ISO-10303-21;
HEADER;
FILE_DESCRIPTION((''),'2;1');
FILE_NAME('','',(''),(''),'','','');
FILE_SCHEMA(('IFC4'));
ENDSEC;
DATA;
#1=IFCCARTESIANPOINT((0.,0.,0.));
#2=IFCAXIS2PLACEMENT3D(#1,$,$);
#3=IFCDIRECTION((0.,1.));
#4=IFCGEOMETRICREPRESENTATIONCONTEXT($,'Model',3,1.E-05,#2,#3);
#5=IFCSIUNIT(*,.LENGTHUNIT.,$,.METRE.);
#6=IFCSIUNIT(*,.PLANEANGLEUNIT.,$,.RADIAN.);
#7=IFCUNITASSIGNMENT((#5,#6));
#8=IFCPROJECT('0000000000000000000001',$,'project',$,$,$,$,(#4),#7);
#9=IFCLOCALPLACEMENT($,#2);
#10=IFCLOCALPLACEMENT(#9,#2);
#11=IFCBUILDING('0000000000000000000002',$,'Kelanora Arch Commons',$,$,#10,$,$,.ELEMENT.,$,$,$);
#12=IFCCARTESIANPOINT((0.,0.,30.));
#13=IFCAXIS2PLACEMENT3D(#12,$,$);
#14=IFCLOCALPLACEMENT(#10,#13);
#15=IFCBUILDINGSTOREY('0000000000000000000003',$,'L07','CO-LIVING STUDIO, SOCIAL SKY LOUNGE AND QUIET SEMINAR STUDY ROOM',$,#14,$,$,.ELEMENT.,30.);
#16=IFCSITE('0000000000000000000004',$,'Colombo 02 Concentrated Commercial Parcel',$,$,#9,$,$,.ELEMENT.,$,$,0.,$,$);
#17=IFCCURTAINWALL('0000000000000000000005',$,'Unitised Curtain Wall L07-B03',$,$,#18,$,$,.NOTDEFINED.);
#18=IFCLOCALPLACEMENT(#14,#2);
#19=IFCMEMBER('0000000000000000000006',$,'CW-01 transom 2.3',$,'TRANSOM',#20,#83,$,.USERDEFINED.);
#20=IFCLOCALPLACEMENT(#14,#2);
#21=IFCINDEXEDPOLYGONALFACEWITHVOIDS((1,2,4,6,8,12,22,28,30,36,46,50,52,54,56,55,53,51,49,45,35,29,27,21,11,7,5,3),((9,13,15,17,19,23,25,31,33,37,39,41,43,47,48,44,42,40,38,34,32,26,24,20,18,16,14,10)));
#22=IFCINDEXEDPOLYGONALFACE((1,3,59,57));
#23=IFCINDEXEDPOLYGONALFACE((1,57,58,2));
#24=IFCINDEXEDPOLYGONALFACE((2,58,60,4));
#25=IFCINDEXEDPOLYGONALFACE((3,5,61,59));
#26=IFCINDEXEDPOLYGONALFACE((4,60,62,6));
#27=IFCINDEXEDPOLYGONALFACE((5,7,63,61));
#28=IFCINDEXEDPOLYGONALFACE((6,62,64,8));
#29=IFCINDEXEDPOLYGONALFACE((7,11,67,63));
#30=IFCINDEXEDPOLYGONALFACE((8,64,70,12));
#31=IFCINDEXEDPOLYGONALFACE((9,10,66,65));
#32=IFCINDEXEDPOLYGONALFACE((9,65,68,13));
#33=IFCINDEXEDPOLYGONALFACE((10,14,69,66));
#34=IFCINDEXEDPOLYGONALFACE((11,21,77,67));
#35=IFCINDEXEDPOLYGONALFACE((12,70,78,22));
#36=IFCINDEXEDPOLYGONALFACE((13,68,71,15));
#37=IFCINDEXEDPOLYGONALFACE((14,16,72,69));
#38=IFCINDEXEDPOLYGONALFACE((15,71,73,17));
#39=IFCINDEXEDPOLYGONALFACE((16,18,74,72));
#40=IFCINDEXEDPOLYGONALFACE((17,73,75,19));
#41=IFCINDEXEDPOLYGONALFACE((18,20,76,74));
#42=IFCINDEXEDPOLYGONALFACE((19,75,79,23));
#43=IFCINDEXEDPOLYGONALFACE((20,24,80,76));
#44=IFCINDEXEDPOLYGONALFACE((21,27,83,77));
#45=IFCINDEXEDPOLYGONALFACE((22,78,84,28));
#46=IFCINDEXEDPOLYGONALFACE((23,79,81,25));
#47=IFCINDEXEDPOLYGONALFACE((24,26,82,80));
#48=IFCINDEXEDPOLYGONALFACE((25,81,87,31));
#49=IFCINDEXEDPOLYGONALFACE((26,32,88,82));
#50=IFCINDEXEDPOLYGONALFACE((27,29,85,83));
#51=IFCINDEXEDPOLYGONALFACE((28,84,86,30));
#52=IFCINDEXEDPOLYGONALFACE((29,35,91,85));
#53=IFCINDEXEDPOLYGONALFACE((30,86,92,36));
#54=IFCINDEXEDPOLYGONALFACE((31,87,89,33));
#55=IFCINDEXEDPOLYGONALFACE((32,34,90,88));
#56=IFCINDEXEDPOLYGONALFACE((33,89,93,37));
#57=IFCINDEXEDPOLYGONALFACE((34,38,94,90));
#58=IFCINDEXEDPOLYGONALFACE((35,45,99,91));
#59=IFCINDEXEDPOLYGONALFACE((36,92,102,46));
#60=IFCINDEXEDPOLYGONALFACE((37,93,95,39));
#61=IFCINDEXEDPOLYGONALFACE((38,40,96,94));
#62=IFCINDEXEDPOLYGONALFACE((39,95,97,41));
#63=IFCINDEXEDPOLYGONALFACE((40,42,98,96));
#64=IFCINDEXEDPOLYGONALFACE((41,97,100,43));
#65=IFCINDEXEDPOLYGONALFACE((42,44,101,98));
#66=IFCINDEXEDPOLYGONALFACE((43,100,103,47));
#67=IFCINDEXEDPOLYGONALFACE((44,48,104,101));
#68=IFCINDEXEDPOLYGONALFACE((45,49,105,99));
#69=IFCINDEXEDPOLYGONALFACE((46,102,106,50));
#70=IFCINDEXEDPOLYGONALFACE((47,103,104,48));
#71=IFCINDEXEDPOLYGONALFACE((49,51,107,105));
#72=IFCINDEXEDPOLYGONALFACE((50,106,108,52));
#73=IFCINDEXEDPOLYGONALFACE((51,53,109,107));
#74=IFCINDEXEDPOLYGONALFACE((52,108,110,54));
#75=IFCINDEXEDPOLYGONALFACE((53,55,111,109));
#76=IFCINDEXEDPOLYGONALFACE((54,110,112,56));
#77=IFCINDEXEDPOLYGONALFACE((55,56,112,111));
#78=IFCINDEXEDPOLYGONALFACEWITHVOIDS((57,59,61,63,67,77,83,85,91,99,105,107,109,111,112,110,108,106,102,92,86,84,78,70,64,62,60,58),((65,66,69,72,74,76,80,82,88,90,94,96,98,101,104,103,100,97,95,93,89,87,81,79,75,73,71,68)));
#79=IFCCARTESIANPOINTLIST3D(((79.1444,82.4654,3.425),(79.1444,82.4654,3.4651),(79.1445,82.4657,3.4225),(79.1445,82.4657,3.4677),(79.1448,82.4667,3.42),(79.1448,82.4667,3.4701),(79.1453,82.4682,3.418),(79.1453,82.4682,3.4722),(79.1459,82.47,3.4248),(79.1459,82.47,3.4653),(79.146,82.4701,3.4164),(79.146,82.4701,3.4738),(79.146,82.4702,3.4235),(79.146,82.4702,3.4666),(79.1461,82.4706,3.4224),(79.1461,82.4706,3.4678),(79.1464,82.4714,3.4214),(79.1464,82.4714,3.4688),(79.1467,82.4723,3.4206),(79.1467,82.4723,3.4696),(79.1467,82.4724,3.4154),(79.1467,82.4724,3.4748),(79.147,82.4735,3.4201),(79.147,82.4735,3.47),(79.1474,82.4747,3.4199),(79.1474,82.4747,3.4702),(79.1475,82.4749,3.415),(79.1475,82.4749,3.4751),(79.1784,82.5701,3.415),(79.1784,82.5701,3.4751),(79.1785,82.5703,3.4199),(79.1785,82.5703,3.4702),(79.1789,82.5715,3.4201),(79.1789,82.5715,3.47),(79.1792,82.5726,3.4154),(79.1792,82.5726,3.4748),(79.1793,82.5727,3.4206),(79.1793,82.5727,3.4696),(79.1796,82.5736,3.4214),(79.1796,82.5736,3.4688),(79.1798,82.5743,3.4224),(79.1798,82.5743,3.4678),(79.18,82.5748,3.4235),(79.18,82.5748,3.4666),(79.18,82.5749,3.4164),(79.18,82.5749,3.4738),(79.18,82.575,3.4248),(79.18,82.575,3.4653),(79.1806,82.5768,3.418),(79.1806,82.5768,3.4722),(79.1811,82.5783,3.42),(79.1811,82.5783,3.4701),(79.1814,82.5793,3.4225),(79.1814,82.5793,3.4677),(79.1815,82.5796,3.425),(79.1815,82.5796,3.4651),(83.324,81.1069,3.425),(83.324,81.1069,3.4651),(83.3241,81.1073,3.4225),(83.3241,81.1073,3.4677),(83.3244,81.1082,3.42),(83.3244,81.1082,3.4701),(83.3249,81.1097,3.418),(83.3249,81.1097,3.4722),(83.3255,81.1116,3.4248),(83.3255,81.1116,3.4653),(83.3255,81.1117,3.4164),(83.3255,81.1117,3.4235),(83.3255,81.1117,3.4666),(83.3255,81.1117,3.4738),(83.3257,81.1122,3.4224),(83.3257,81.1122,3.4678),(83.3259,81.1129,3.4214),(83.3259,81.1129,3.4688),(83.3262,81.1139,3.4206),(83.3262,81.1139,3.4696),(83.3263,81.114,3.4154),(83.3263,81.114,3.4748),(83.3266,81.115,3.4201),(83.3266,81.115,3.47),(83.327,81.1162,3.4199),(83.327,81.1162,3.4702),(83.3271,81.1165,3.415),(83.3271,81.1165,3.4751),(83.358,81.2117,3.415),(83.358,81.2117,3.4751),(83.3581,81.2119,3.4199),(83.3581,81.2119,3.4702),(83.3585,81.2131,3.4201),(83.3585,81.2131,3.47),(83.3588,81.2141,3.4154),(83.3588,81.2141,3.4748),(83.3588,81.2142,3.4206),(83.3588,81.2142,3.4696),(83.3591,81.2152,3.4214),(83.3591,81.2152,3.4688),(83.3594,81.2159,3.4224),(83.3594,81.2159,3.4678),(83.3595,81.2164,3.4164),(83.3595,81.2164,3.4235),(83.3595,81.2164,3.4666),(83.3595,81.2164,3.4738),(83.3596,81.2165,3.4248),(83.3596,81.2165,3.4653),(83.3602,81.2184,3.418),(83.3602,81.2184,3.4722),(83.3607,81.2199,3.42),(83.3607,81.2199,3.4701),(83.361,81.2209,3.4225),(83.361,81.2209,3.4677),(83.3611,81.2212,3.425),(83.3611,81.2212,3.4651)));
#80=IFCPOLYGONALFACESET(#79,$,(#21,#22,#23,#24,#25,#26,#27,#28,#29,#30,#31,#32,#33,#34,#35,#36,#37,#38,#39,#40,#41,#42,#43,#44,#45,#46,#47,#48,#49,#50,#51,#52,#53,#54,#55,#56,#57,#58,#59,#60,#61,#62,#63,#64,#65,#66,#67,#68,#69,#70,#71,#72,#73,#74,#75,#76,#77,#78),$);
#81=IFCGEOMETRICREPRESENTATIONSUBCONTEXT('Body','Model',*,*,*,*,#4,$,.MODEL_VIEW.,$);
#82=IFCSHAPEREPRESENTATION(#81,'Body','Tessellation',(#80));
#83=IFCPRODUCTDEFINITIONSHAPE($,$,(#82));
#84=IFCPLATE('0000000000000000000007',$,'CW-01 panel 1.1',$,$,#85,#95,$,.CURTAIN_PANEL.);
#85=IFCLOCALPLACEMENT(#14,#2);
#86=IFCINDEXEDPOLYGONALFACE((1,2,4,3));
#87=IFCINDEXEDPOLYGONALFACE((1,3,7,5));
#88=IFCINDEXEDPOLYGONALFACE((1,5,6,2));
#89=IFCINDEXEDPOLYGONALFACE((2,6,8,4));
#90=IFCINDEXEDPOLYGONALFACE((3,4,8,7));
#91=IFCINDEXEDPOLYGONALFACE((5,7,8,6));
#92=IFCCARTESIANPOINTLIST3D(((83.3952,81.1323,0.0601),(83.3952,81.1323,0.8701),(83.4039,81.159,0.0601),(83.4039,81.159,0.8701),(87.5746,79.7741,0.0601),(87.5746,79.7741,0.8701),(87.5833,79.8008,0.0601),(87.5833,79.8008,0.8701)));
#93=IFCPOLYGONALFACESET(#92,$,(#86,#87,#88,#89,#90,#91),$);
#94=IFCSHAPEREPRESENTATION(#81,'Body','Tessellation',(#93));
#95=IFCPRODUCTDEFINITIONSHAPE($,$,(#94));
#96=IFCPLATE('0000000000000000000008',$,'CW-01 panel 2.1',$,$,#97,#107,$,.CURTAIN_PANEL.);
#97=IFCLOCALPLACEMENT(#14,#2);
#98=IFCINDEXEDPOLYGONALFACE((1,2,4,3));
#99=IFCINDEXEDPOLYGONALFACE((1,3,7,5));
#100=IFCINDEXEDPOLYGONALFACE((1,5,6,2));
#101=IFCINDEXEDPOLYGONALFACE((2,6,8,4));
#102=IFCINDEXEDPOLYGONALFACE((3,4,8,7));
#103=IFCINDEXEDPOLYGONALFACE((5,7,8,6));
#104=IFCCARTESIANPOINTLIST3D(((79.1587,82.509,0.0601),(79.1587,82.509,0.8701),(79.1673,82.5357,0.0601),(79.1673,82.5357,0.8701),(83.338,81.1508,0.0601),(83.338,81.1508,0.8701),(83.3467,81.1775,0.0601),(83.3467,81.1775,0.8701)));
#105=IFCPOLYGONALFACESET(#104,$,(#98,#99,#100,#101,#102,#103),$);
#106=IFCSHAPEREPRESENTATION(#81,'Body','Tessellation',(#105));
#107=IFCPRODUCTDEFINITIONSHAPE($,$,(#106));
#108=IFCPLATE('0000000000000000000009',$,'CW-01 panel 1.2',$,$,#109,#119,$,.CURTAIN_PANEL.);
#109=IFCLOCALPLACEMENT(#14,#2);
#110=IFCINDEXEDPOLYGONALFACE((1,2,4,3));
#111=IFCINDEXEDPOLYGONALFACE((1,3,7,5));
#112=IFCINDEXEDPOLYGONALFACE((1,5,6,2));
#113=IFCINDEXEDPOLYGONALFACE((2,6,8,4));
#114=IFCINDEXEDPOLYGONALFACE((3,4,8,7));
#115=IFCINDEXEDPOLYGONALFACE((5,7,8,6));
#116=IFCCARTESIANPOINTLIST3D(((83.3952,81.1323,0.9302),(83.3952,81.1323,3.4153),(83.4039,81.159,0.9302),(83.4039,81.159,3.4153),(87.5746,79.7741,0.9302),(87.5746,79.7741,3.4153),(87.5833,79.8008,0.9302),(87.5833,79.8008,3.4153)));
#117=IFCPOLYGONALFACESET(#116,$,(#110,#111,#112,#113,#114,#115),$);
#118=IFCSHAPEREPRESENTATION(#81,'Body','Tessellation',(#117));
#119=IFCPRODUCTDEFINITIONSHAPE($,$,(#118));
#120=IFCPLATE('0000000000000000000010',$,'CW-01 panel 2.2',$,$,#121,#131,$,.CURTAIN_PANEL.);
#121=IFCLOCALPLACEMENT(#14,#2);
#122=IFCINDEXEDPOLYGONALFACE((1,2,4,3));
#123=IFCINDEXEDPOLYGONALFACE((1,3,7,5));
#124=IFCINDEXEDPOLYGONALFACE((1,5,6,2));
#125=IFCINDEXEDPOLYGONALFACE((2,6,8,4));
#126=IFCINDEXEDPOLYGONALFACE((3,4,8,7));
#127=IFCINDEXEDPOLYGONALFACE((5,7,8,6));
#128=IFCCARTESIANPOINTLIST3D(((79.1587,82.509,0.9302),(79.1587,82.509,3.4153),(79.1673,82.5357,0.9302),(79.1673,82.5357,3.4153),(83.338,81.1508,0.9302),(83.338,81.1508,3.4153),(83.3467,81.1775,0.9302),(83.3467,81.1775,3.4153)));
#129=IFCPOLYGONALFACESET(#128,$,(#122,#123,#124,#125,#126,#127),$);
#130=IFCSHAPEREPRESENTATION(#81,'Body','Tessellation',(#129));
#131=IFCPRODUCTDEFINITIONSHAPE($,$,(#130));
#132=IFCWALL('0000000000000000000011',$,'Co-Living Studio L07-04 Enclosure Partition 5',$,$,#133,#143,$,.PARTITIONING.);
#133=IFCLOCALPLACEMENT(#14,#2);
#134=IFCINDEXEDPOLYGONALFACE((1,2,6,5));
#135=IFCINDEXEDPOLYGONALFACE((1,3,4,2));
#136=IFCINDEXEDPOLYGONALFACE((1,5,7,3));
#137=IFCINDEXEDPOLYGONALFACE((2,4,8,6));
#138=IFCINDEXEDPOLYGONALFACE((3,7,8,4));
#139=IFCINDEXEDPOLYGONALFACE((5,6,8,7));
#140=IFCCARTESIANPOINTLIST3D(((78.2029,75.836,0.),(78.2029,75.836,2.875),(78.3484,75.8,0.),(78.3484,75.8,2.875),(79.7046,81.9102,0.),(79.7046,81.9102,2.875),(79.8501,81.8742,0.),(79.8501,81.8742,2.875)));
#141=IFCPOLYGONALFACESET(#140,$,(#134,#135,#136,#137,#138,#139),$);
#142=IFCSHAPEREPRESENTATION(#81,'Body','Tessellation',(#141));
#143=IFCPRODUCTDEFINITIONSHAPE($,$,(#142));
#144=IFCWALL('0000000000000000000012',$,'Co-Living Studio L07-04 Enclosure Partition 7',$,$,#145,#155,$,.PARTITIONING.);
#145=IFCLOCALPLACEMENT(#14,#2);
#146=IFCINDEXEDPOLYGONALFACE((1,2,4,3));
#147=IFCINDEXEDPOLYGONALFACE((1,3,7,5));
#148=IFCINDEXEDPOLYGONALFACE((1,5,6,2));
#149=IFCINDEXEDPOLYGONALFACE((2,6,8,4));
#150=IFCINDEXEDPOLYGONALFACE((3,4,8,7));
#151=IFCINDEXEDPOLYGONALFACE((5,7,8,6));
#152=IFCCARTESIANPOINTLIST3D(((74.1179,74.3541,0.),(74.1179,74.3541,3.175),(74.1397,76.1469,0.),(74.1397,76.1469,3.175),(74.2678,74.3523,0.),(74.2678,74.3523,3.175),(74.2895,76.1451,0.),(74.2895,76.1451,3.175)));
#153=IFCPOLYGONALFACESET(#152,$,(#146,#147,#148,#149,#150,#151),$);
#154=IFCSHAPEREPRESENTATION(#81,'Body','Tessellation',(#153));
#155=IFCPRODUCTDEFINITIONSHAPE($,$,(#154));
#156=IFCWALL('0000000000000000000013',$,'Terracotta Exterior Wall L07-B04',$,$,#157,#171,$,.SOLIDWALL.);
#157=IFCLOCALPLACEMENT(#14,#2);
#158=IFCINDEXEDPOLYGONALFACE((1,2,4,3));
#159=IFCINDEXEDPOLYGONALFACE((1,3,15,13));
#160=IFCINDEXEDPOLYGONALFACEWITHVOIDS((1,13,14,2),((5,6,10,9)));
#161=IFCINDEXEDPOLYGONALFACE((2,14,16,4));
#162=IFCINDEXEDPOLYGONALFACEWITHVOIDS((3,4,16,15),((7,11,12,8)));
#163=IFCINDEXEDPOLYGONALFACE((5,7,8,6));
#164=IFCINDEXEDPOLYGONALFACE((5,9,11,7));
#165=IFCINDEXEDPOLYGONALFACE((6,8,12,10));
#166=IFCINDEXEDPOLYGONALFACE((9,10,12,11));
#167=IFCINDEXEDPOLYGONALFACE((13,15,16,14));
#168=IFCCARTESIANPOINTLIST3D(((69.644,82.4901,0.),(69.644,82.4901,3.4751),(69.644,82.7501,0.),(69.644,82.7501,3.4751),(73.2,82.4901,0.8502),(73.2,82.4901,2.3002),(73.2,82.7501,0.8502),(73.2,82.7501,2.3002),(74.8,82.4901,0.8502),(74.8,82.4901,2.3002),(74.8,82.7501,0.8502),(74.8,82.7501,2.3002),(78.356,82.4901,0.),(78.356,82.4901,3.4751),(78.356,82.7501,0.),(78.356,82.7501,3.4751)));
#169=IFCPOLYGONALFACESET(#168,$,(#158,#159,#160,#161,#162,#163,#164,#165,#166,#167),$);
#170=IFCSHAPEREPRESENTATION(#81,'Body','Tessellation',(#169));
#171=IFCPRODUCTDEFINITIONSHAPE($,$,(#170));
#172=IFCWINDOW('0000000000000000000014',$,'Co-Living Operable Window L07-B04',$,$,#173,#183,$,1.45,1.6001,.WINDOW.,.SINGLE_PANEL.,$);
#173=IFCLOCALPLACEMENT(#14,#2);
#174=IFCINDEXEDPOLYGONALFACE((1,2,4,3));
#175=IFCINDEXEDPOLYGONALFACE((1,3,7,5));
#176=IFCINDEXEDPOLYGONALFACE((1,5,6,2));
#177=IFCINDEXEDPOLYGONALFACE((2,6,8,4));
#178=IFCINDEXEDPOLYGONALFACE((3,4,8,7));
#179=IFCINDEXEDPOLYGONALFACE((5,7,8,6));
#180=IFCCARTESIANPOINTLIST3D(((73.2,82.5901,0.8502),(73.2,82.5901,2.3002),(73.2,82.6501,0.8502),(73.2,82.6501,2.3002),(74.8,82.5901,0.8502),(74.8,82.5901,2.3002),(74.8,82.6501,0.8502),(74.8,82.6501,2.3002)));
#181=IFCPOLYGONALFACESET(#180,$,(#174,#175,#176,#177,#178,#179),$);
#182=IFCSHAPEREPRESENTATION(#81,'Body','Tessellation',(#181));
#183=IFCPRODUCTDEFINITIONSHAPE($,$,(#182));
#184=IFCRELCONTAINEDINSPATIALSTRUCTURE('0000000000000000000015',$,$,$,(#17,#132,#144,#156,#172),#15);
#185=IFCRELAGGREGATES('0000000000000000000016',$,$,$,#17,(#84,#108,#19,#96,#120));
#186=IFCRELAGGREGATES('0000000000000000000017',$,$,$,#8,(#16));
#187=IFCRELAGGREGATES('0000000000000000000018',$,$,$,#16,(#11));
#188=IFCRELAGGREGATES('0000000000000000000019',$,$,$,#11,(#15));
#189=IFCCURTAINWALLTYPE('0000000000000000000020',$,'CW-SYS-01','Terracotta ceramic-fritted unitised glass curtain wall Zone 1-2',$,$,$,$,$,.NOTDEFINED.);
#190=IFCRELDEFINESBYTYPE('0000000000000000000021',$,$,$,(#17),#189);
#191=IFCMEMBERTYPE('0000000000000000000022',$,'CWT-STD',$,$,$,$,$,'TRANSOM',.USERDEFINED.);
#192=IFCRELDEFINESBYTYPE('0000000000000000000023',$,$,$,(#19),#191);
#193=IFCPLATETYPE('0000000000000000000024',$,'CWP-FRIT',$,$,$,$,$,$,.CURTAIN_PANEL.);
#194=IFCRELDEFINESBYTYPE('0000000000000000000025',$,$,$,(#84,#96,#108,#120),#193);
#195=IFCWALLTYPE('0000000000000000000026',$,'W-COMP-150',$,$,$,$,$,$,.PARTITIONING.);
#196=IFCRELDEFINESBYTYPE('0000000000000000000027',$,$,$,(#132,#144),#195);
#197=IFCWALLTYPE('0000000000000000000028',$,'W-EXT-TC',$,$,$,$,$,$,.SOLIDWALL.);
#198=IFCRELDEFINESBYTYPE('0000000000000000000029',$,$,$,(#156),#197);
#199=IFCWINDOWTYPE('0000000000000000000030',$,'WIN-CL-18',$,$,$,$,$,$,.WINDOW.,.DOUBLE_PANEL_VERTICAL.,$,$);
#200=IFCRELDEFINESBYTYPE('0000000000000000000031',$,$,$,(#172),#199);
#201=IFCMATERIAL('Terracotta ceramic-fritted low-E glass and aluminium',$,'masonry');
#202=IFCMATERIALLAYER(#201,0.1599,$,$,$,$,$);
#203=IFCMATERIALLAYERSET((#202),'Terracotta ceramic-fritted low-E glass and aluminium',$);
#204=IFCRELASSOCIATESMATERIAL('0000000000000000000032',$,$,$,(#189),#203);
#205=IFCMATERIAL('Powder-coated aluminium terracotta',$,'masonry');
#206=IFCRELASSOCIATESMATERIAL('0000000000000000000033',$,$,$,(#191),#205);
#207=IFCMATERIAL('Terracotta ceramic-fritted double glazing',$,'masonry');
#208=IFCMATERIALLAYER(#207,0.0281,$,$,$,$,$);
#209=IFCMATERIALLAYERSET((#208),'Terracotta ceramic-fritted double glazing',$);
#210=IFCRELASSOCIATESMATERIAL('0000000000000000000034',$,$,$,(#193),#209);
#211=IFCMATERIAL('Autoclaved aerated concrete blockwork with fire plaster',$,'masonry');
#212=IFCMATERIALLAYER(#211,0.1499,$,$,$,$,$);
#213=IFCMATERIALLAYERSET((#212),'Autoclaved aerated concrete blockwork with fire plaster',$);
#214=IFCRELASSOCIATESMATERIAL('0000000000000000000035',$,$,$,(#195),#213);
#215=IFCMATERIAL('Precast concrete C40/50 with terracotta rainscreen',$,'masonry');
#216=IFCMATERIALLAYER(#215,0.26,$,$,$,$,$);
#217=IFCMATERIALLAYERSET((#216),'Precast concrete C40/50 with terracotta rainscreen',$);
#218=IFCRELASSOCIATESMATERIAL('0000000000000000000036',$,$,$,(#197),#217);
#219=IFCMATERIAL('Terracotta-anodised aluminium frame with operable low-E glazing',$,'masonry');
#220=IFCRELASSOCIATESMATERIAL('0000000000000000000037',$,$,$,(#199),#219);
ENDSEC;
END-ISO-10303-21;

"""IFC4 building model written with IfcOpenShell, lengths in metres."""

from ifc_helpers import new_model, si_unit, direction, frame, frame_2d, origin, origin_2d, place, context, subcontext, project, spatial, rectangle, hollow_rectangle, extrude, source, transform, mapped, material, layer, layer_set, material_profile, profile_set, type_object, element, fill, aggregate, save


model = new_model("IFC4")

# Units and contexts
model_context = context("Model", 3, precision=1e-05, world=origin(), true_north=direction((0.0, 1.0)))
body_context = subcontext(model_context, "Body", "Model", "MODEL_VIEW")
ifc_project = project(units=[si_unit("LENGTHUNIT", "METRE"), si_unit("PLANEANGLEUNIT", "RADIAN")], contexts=[model_context])

# Site, building, storey
site_placement = place(None, origin())
site = spatial("IfcSite", under=ifc_project, at=site_placement, Name="Colombo 02 Concentrated Commercial Parcel", CompositionType="ELEMENT", RefElevation=0.0)
building_placement = place(site_placement, origin())
building = spatial("IfcBuilding", under=site, at=building_placement, Name="Kelanora Arch Commons", CompositionType="ELEMENT")
storey_placement = place(building_placement, frame((0.0, 0.0, 30.0)))
storey = spatial("IfcBuildingStorey", under=building, at=storey_placement, Name="L07", Description="CO-LIVING STUDIO, SOCIAL SKY LOUNGE AND QUIET SEMINAR STUDY ROOM", CompositionType="ELEMENT", Elevation=30.0)

# Curtain wall, member, plates
ifc_material_1 = material(Name="Terracotta ceramic-fritted low-E glass and aluminium", Category="masonry")
ifc_layer_1 = layer(ifc_material_1, 0.1599)
ifc_layer_set_1 = layer_set([ifc_layer_1], Name="Terracotta ceramic-fritted low-E glass and aluminium")
curtain_wall_type = type_object("IfcCurtainWallType", Name="CW-SYS-01", Description="Terracotta ceramic-fritted unitised glass curtain wall Zone 1-2", PredefinedType="NOTDEFINED", material=ifc_layer_set_1)
curtain_wall_placement = place(storey_placement, origin())
curtain_wall = element("IfcCurtainWall", 1, at=curtain_wall_placement, inside=storey, type_object=curtain_wall_type, Name="Unitised Curtain Wall L07-B03", PredefinedType="NOTDEFINED")
ifc_material_2 = material(Name="Powder-coated aluminium terracotta", Category="masonry")
ifc_material_profile_1 = material_profile(ifc_material_2, hollow_rectangle(XDim=0.1201, YDim=0.0601, WallThickness=0.0049, InnerFilletRadius=0.0049, OuterFilletRadius=0.01, at=origin_2d()), Name="CWT120x60")
ifc_profile_set_1 = profile_set([ifc_material_profile_1], Name="Powder-coated aluminium terracotta")
member_type_1 = type_object("IfcMemberType", Name="CWT-STD", ElementType="TRANSOM", PredefinedType="USERDEFINED", material=ifc_profile_set_1)
member_1_placement = place(storey_placement, frame((83.3425, 81.1641, 3.4451), z_axis=(-0.951029, 0.309102, 0.0), x_axis=(-0.309102, -0.951029, 0.0)))
member_1 = element("IfcMember", 2, at=member_1_placement, type_object=member_type_1, Name="CW-01 transom 2.3", ObjectType="TRANSOM", PredefinedType="USERDEFINED", context=body_context, shape_type="SweptSolid", body=[
    extrude(hollow_rectangle(XDim=0.1201, YDim=0.0601, WallThickness=0.0049, InnerFilletRadius=0.0049, OuterFilletRadius=0.01, at=origin_2d()), origin(), (0.0, 0.0, 1.0), 4.3948),
])
ifc_material_3 = material(Name="Terracotta ceramic-fritted double glazing", Category="masonry")
ifc_layer_2 = layer(ifc_material_3, 0.0281)
ifc_layer_set_2 = layer_set([ifc_layer_2], Name="Terracotta ceramic-fritted double glazing")
plate_type = type_object("IfcPlateType", Name="CWP-FRIT", PredefinedType="CURTAIN_PANEL", material=ifc_layer_set_2)
shared_shape_1 = source(origin(), body_context, "Body", "SweptSolid", [
    extrude(rectangle(XDim=4.3945, YDim=0.0281, at=origin_2d()), origin(), (0.0, 0.0, 1.0), 0.8101),
])
plate_1_placement = place(storey_placement, frame((85.4893, 80.4666, 0.0601), z_axis=(0.0, 0.0, 1.0), x_axis=(-0.951043, 0.309058, 0.0)))
plate_1 = element("IfcPlate", 3, at=plate_1_placement, type_object=plate_type, Name="CW-01 panel 1.1", PredefinedType="CURTAIN_PANEL", context=body_context, shape_type="MappedRepresentation", body=[
    mapped(shared_shape_1, transform((0.0, 0.0, 0.0), scale=1.0)),
])
plate_2_placement = place(storey_placement, frame((81.2527, 81.8433, 0.0601), z_axis=(0.0, 0.0, 1.0), x_axis=(-0.951043, 0.309058, 0.0)))
plate_2 = element("IfcPlate", 4, at=plate_2_placement, type_object=plate_type, Name="CW-01 panel 2.1", PredefinedType="CURTAIN_PANEL", context=body_context, shape_type="MappedRepresentation", body=[
    mapped(shared_shape_1, transform((0.0, 0.0, 0.0), scale=1.0)),
])
shared_shape_2 = source(origin(), body_context, "Body", "SweptSolid", [
    extrude(rectangle(XDim=4.3945, YDim=0.0281, at=origin_2d()), origin(), (0.0, 0.0, 1.0), 2.4851),
])
plate_3_placement = place(storey_placement, frame((85.4893, 80.4666, 0.9302), z_axis=(0.0, 0.0, 1.0), x_axis=(-0.951043, 0.309058, 0.0)))
plate_3 = element("IfcPlate", 5, at=plate_3_placement, type_object=plate_type, Name="CW-01 panel 1.2", PredefinedType="CURTAIN_PANEL", context=body_context, shape_type="MappedRepresentation", body=[
    mapped(shared_shape_2, transform((0.0, 0.0, 0.0), scale=1.0)),
])
plate_4_placement = place(storey_placement, frame((81.2527, 81.8433, 0.9302), z_axis=(0.0, 0.0, 1.0), x_axis=(-0.951043, 0.309058, 0.0)))
plate_4 = element("IfcPlate", 6, at=plate_4_placement, type_object=plate_type, Name="CW-01 panel 2.2", PredefinedType="CURTAIN_PANEL", context=body_context, shape_type="MappedRepresentation", body=[
    mapped(shared_shape_2, transform((0.0, 0.0, 0.0), scale=1.0)),
])
aggregate(curtain_wall, [plate_1, plate_3, member_1, plate_2, plate_4])

# Walls
ifc_material_4 = material(Name="Autoclaved aerated concrete blockwork with fire plaster", Category="masonry")
ifc_layer_3 = layer(ifc_material_4, 0.1499)
ifc_layer_set_3 = layer_set([ifc_layer_3], Name="Autoclaved aerated concrete blockwork with fire plaster")
wall_type_1 = type_object("IfcWallType", Name="W-COMP-150", PredefinedType="PARTITIONING", material=ifc_layer_set_3)
wall_1_placement = place(storey_placement, frame((79.7773, 81.8921, 0.0), z_axis=(0.0, 0.0, 1.0), x_axis=(-0.240001, -0.970773, 0.0)))
element("IfcWall", 7, at=wall_1_placement, inside=storey, type_object=wall_type_1, Name="Co-Living Studio L07-04 Enclosure Partition 5", PredefinedType="PARTITIONING", context=body_context, shape_type="SweptSolid", body=[
    extrude(rectangle(XDim=6.2571, YDim=0.1499, at=frame_2d((3.1284, 0.0))), origin(), (0.0, 0.0, 1.0), 2.875),
])
wall_2_placement = place(storey_placement, frame((74.2146, 76.146, 0.0), z_axis=(0.0, 0.0, 1.0), x_axis=(-0.012119, -0.999927, 0.0)))
element("IfcWall", 8, at=wall_2_placement, inside=storey, type_object=wall_type_1, Name="Co-Living Studio L07-04 Enclosure Partition 7", PredefinedType="PARTITIONING", context=body_context, shape_type="SweptSolid", body=[
    extrude(rectangle(XDim=1.793, YDim=0.1499, at=frame_2d((0.8965, 0.0))), origin(), (0.0, 0.0, 1.0), 3.175),
])

# Wall, opening, window
ifc_material_5 = material(Name="Precast concrete C40/50 with terracotta rainscreen", Category="masonry")
ifc_layer_4 = layer(ifc_material_5, 0.26)
ifc_layer_set_4 = layer_set([ifc_layer_4], Name="Precast concrete C40/50 with terracotta rainscreen")
wall_type_2 = type_object("IfcWallType", Name="W-EXT-TC", PredefinedType="SOLIDWALL", material=ifc_layer_set_4)
wall_3_placement = place(storey_placement, frame((78.356, 82.6201, 0.0), z_axis=(0.0, 0.0, 1.0), x_axis=(-1.0, 0.0, 0.0)))
wall_3 = element("IfcWall", 9, at=wall_3_placement, inside=storey, type_object=wall_type_2, Name="Terracotta Exterior Wall L07-B04", PredefinedType="SOLIDWALL", context=body_context, shape_type="SweptSolid", body=[
    extrude(rectangle(XDim=8.7119, YDim=0.26, at=frame_2d((4.356, 0.0))), origin(), (0.0, 0.0, 1.0), 3.4751),
])
opening_placement = place(wall_3_placement, frame((3.5559, 0.0, 0.8501)))
opening = element("IfcOpeningElement", 10, at=opening_placement, cuts=wall_3, PredefinedType="OPENING", context=body_context, shape_type="SweptSolid", body=[
    extrude(rectangle(XDim=1.6001, YDim=1.45, at=frame_2d((0.8, 0.7251))), frame((0.0, 0.1401, 0.0), z_axis=(0.0, -1.0, 0.0), x_axis=(1.0, 0.0, 0.0)), (0.0, 0.0, 1.0), 0.28),
])
ifc_material_6 = material(Name="Terracotta-anodised aluminium frame with operable low-E glazing", Category="masonry")
window_type = type_object("IfcWindowType", Name="WIN-CL-18", PartitioningType="DOUBLE_PANEL_VERTICAL", PredefinedType="WINDOW", material=ifc_material_6)
window_placement = place(opening_placement, origin())
window = element("IfcWindow", 11, at=window_placement, inside=storey, type_object=window_type, Name="Co-Living Operable Window L07-B04", OverallHeight=1.45, OverallWidth=1.6001, PartitioningType="SINGLE_PANEL", PredefinedType="WINDOW", context=body_context, shape_type="SweptSolid", body=[
    extrude(rectangle(XDim=1.6001, YDim=1.45, at=frame_2d((0.8, 0.7251))), frame((0.0, 0.03, 0.0), z_axis=(0.0, -1.0, 0.0), x_axis=(1.0, 0.0, 0.0)), (0.0, 0.0, 1.0), 0.0601),
])
fill(opening, window)

save(model, "model.ifc")
